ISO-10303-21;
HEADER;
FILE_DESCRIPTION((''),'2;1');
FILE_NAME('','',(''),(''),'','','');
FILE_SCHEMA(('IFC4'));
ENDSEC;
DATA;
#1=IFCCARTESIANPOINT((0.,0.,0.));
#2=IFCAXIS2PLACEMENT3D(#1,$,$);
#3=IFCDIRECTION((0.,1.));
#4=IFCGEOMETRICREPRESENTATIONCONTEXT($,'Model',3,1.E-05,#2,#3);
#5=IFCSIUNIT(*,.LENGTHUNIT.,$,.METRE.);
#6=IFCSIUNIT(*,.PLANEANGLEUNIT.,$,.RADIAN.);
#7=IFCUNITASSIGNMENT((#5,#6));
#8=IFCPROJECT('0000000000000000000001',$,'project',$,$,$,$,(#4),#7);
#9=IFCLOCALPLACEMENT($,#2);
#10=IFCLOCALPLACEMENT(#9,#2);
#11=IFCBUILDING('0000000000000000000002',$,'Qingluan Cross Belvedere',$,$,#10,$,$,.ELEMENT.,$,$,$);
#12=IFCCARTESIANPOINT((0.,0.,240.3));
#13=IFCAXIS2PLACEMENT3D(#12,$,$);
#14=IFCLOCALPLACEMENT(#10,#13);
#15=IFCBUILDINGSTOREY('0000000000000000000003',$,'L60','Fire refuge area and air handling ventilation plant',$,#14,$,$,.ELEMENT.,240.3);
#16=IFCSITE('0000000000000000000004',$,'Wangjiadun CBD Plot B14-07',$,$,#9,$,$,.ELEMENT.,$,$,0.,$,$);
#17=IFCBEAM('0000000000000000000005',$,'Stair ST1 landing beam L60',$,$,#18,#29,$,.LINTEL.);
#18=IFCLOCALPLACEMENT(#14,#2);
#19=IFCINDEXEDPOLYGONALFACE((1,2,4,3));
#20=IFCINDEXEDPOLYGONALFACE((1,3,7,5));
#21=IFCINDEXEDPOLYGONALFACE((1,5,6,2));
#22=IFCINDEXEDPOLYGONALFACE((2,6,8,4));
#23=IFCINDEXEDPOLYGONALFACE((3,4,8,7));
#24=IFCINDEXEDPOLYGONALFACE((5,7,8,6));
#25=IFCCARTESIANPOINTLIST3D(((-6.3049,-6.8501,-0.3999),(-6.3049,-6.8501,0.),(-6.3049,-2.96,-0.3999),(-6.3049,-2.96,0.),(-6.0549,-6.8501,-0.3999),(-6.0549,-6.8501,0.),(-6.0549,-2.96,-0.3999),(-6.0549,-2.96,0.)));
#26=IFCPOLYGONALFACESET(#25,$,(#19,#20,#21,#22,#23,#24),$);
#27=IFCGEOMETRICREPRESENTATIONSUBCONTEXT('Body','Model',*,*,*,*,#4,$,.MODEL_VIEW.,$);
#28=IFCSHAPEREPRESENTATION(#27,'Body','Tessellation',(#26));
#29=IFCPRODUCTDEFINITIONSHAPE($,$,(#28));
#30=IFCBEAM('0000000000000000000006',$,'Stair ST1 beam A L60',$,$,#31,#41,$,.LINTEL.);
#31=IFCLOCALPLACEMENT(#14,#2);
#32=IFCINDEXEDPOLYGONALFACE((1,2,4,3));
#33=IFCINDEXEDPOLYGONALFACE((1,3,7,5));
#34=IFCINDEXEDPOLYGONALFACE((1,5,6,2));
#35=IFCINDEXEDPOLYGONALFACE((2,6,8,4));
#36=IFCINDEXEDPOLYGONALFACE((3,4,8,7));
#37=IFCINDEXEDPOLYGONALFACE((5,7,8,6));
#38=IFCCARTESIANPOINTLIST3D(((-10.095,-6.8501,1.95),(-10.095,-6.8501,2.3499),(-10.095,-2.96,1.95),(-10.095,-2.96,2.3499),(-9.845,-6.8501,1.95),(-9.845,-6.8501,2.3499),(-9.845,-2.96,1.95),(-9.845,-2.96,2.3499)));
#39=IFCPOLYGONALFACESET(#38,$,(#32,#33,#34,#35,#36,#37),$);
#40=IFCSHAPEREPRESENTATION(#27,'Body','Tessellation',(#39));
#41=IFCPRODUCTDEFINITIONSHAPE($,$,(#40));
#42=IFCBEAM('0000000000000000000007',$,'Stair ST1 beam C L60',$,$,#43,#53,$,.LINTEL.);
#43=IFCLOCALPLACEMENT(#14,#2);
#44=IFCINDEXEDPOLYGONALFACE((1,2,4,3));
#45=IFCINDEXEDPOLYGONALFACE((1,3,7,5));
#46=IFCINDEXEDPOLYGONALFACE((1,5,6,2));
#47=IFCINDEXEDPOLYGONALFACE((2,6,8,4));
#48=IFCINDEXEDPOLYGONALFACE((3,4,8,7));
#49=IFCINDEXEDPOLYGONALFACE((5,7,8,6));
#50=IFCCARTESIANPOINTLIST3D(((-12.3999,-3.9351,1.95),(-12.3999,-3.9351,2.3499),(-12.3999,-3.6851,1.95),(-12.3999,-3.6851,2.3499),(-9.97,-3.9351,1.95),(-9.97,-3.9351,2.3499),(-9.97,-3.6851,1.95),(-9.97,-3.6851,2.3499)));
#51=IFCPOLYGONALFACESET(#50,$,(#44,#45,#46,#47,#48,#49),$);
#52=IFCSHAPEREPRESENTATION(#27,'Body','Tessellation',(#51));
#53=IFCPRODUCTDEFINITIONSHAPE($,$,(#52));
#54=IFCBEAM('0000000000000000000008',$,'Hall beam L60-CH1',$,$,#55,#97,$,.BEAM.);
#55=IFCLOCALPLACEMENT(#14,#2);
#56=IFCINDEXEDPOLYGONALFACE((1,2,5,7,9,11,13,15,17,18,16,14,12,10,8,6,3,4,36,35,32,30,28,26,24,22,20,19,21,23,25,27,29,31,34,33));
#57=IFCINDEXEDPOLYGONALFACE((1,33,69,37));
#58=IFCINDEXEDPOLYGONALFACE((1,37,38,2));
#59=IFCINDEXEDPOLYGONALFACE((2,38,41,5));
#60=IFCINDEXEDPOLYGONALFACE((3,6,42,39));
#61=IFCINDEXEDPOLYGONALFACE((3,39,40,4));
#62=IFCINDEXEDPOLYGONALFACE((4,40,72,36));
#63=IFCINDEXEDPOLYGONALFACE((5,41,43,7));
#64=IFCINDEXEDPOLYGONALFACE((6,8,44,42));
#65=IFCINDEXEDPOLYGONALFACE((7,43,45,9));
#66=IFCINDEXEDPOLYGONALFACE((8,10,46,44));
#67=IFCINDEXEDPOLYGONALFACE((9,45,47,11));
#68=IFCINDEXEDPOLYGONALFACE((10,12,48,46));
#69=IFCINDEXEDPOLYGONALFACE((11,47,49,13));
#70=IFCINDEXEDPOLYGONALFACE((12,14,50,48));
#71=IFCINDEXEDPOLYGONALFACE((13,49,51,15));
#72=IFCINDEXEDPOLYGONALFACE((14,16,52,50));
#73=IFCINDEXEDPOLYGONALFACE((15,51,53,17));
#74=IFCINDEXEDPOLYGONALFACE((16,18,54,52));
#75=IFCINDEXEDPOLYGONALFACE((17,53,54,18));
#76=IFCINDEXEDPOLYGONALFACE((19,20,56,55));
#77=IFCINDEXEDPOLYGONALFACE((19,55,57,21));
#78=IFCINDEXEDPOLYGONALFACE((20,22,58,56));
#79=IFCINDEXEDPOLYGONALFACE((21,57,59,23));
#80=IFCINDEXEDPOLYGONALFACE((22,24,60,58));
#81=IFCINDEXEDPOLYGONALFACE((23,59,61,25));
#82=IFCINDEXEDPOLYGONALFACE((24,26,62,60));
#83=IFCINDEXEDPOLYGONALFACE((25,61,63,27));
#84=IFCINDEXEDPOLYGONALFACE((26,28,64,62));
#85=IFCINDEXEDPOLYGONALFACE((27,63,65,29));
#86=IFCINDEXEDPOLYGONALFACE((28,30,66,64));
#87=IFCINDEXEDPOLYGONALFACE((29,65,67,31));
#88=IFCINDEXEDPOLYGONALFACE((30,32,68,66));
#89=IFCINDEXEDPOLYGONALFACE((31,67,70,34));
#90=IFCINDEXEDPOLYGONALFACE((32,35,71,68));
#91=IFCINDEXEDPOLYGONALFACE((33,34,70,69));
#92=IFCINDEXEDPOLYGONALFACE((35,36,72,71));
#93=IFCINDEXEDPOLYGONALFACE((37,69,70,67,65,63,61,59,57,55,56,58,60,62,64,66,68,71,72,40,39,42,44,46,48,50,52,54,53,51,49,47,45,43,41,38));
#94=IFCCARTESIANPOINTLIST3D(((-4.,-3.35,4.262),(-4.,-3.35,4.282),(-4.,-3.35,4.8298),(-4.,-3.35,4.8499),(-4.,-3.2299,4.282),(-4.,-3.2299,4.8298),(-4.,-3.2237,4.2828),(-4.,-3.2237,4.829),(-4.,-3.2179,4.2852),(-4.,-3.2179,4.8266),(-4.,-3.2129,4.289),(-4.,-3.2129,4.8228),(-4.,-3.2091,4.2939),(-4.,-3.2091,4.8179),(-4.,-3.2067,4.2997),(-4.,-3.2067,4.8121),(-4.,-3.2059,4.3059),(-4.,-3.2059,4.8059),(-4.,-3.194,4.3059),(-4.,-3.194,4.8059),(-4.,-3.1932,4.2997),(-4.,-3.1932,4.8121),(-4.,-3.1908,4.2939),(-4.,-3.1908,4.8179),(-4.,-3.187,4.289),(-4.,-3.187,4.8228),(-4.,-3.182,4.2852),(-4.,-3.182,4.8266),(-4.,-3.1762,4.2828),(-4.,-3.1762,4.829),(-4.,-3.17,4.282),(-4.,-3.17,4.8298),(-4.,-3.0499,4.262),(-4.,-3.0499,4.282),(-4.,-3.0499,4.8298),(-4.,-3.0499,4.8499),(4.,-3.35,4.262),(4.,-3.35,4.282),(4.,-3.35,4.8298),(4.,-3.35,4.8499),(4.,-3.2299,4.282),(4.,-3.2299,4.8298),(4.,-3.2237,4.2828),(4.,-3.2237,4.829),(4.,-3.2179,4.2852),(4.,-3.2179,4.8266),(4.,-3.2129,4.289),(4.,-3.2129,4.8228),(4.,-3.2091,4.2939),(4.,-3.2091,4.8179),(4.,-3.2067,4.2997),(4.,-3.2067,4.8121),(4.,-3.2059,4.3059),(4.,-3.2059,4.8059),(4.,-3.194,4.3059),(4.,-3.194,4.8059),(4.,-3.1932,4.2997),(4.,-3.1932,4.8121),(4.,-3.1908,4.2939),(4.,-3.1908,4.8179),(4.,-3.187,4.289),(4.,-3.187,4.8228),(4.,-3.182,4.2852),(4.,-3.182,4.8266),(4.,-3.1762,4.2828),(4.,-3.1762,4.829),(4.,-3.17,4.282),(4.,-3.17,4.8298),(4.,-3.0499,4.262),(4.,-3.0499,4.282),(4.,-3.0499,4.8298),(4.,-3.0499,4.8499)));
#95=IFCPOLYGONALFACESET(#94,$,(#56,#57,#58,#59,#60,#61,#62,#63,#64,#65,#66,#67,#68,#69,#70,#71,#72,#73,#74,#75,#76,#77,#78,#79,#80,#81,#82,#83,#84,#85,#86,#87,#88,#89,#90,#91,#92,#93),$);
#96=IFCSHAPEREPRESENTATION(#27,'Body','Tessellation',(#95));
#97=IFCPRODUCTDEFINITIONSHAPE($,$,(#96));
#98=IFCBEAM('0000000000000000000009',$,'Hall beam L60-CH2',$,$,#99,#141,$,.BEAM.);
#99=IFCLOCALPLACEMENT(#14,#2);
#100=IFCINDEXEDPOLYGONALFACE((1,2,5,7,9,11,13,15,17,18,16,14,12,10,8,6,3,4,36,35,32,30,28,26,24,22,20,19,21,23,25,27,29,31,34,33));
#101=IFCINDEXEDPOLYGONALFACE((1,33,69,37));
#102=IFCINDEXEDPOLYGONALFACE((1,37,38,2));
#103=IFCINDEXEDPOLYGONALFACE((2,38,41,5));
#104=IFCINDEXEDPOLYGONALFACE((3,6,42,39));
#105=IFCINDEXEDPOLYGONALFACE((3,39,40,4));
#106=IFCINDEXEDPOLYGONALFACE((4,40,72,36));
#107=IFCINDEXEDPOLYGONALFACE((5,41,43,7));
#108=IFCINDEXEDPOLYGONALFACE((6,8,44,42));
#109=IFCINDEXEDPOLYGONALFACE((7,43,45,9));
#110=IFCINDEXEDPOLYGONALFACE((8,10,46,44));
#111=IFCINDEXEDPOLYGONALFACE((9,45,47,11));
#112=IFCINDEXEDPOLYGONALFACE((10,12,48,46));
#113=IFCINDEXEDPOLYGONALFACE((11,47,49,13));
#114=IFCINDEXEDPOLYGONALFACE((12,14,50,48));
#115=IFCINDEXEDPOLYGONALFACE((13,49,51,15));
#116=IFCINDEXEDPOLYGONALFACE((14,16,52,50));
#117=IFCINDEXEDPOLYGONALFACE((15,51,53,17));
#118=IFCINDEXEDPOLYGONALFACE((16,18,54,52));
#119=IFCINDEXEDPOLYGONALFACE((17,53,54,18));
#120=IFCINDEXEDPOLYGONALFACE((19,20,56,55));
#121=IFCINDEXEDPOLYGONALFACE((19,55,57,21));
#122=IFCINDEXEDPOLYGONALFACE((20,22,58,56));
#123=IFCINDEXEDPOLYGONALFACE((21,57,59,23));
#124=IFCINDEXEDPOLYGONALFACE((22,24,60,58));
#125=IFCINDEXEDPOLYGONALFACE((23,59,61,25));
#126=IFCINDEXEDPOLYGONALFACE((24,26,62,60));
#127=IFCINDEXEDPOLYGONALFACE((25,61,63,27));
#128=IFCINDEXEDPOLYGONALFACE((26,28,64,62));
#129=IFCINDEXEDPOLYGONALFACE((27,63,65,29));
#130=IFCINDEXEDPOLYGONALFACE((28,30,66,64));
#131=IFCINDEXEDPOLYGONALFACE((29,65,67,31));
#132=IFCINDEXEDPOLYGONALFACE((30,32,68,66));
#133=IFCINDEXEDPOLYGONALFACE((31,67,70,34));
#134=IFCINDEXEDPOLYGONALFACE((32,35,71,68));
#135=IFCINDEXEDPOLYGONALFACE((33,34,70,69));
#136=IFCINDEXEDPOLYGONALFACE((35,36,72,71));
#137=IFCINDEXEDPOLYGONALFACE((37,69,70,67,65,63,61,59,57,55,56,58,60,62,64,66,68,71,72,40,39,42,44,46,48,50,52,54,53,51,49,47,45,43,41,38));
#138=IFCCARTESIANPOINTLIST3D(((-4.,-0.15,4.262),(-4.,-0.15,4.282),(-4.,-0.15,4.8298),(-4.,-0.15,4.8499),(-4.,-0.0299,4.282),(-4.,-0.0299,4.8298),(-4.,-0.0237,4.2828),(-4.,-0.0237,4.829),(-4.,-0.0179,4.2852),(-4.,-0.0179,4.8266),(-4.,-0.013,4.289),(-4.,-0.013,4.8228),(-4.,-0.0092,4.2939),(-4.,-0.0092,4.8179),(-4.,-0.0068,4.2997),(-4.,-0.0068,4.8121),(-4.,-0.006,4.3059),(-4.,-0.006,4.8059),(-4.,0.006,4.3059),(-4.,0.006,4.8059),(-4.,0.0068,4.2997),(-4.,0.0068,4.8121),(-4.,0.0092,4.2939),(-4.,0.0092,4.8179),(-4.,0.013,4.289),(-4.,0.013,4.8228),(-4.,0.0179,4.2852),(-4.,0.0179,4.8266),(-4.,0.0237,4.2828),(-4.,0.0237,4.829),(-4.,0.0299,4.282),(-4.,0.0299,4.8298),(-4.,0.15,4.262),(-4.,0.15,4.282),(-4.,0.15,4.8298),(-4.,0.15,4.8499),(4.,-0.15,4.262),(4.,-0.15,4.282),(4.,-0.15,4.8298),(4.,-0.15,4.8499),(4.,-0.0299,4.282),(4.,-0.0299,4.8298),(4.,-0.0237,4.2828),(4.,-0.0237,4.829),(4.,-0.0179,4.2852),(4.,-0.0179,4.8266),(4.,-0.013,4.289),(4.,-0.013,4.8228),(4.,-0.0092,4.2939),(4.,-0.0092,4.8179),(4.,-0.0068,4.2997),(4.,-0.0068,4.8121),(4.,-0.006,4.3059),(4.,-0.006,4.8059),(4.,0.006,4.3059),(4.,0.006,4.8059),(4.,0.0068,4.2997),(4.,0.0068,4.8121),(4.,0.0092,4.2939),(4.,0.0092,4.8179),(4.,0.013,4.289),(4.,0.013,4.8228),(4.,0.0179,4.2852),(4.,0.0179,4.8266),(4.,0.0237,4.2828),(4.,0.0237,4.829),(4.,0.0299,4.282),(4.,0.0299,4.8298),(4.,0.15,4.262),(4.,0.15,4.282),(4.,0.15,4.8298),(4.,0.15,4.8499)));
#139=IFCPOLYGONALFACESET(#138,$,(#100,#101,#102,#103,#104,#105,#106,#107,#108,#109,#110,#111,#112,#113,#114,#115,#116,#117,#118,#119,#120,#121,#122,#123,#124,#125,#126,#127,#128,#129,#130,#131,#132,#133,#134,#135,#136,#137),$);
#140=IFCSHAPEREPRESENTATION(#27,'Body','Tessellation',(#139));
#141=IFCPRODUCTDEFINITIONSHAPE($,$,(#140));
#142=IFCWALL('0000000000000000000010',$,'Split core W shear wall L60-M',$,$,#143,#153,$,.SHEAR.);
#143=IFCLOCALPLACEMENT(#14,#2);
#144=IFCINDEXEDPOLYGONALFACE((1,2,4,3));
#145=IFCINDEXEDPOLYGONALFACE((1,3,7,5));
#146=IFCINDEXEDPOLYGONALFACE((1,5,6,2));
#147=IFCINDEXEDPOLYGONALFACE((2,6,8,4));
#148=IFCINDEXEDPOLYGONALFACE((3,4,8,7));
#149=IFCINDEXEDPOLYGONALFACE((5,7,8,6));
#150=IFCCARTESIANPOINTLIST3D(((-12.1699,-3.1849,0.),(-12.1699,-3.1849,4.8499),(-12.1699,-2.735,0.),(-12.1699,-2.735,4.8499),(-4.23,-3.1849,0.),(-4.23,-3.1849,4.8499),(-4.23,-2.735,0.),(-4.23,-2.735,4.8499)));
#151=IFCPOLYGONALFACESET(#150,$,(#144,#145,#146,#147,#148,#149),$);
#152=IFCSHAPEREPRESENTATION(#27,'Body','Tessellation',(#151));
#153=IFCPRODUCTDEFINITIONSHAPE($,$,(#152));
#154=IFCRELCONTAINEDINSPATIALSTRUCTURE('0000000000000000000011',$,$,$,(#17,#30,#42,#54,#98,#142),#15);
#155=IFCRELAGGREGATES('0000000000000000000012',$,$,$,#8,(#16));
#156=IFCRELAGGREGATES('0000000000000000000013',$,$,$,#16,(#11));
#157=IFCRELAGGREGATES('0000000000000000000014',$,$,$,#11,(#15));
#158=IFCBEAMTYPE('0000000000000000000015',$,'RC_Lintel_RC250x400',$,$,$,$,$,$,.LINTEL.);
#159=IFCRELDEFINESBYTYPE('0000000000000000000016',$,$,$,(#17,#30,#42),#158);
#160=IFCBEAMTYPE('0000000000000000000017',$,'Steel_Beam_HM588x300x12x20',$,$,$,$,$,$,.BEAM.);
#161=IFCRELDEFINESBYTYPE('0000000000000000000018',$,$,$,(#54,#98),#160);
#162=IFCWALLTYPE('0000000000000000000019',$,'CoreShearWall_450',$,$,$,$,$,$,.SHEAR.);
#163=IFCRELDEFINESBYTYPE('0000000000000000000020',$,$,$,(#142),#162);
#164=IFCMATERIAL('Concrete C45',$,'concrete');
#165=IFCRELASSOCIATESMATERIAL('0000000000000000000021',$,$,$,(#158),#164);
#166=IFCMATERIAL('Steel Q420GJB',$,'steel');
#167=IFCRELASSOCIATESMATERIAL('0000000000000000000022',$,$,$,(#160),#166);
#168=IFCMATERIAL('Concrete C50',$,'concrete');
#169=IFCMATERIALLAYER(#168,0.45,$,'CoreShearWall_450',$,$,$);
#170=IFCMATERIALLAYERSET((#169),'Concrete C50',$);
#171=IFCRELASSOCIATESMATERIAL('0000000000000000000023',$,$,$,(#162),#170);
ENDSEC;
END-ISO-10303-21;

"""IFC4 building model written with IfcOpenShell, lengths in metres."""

from ifc_helpers import new_model, si_unit, direction, frame, frame_2d, origin, origin_2d, place, context, subcontext, project, spatial, rectangle, i_section, extrude, material, layer, layer_set, material_profile, profile_set, type_object, element, save


model = new_model("IFC4")

# Units and contexts
model_context = context("Model", 3, precision=1e-05, world=origin(), true_north=direction((0.0, 1.0)))
body_context = subcontext(model_context, "Body", "Model", "MODEL_VIEW")
ifc_project = project(units=[si_unit("LENGTHUNIT", "METRE"), si_unit("PLANEANGLEUNIT", "RADIAN")], contexts=[model_context])

# Site, building, storey
site_placement = place(None, origin())
site = spatial("IfcSite", under=ifc_project, at=site_placement, Name="Wangjiadun CBD Plot B14-07", CompositionType="ELEMENT", RefElevation=0.0)
building_placement = place(site_placement, origin())
building = spatial("IfcBuilding", under=site, at=building_placement, Name="Qingluan Cross Belvedere", CompositionType="ELEMENT")
storey_placement = place(building_placement, frame((0.0, 0.0, 240.3)))
storey = spatial("IfcBuildingStorey", under=building, at=storey_placement, Name="L60", Description="Fire refuge area and air handling ventilation plant", CompositionType="ELEMENT", Elevation=240.3)

# Beams
ifc_material_1 = material(Name="Concrete C45", Category="concrete")
ifc_material_profile_1 = material_profile(ifc_material_1, rectangle(XDim=0.25, YDim=0.3999, at=origin_2d()), Name="RC250x400")
ifc_profile_set_1 = profile_set([ifc_material_profile_1], Name="Concrete C45")
beam_type_1 = type_object("IfcBeamType", Name="RC_Lintel_RC250x400", PredefinedType="LINTEL", material=ifc_profile_set_1)
for number, where, z_axis, x_axis, name in (
    (1, (-6.1799, -6.8501, -0.2), (0.0, 1.0, 0.0), (-1.0, 0.0, 0.0), "Stair ST1 landing beam L60"),
    (2, (-9.97, -6.8501, 2.1499), (0.0, 1.0, 0.0), (-1.0, 0.0, 0.0), "Stair ST1 beam A L60"),
):
    element("IfcBeam", number, at=place(storey_placement, frame(where, z_axis=z_axis, x_axis=x_axis)), inside=storey, type_object=beam_type_1, Name=name, PredefinedType="LINTEL", context=body_context, shape_type="SweptSolid", body=[
        extrude(rectangle(XDim=0.25, YDim=0.3999, at=origin_2d()), origin(), (0.0, 0.0, 1.0), 3.8901),
    ])
beam_placement = place(storey_placement, frame((-12.3999, -3.8101, 2.1499), z_axis=(1.0, 0.0, 0.0), x_axis=(0.0, 1.0, 0.0)))
element("IfcBeam", 3, at=beam_placement, inside=storey, type_object=beam_type_1, Name="Stair ST1 beam C L60", PredefinedType="LINTEL", context=body_context, shape_type="SweptSolid", body=[
    extrude(rectangle(XDim=0.25, YDim=0.3999, at=origin_2d()), origin(), (0.0, 0.0, 1.0), 2.4299),
])
ifc_material_2 = material(Name="Steel Q420GJB", Category="steel")
ifc_material_profile_2 = material_profile(ifc_material_2, i_section(OverallWidth=0.3, OverallDepth=0.5879, WebThickness=0.012, FlangeThickness=0.02, FilletRadius=0.0239, at=origin_2d()), Name="HM588x300x12x20")
ifc_profile_set_2 = profile_set([ifc_material_profile_2], Name="Steel Q420GJB")
beam_type_2 = type_object("IfcBeamType", Name="Steel_Beam_HM588x300x12x20", PredefinedType="BEAM", material=ifc_profile_set_2)
for number, where, z_axis, x_axis, name in (
    (4, (-4.0, -3.2, 4.5559), (1.0, 0.0, 0.0), (0.0, 1.0, 0.0), "Hall beam L60-CH1"),
    (5, (-4.0, 0.0, 4.5559), (1.0, 0.0, 0.0), (0.0, 1.0, 0.0), "Hall beam L60-CH2"),
):
    element("IfcBeam", number, at=place(storey_placement, frame(where, z_axis=z_axis, x_axis=x_axis)), inside=storey, type_object=beam_type_2, Name=name, PredefinedType="BEAM", context=body_context, shape_type="SweptSolid", body=[
        extrude(i_section(OverallWidth=0.3, OverallDepth=0.5879, WebThickness=0.012, FlangeThickness=0.02, FilletRadius=0.0239, at=origin_2d()), origin(), (0.0, 0.0, 1.0), 8.0),
    ])

# Shared definitions
ifc_material_3 = material(Name="Concrete C50", Category="concrete")
ifc_layer_1 = layer(ifc_material_3, 0.45, Name="CoreShearWall_450")
ifc_layer_set_1 = layer_set([ifc_layer_1], Name="Concrete C50")
wall_type_1 = type_object("IfcWallType", Name="CoreShearWall_450", PredefinedType="SHEAR", material=ifc_layer_set_1)

# Wall
wall_1_placement = place(storey_placement, frame((-12.1699, -2.96, 0.0), z_axis=(0.0, 0.0, 1.0), x_axis=(1.0, 0.0, 0.0)))
element("IfcWall", 6, at=wall_1_placement, inside=storey, type_object=wall_type_1, Name="Split core W shear wall L60-M", PredefinedType="SHEAR", context=body_context, shape_type="SweptSolid", body=[
    extrude(rectangle(XDim=7.9399, YDim=0.45, at=frame_2d((3.97, 0.0))), origin(), (0.0, 0.0, 1.0), 4.8499),
])

save(model, "model.ifc")
